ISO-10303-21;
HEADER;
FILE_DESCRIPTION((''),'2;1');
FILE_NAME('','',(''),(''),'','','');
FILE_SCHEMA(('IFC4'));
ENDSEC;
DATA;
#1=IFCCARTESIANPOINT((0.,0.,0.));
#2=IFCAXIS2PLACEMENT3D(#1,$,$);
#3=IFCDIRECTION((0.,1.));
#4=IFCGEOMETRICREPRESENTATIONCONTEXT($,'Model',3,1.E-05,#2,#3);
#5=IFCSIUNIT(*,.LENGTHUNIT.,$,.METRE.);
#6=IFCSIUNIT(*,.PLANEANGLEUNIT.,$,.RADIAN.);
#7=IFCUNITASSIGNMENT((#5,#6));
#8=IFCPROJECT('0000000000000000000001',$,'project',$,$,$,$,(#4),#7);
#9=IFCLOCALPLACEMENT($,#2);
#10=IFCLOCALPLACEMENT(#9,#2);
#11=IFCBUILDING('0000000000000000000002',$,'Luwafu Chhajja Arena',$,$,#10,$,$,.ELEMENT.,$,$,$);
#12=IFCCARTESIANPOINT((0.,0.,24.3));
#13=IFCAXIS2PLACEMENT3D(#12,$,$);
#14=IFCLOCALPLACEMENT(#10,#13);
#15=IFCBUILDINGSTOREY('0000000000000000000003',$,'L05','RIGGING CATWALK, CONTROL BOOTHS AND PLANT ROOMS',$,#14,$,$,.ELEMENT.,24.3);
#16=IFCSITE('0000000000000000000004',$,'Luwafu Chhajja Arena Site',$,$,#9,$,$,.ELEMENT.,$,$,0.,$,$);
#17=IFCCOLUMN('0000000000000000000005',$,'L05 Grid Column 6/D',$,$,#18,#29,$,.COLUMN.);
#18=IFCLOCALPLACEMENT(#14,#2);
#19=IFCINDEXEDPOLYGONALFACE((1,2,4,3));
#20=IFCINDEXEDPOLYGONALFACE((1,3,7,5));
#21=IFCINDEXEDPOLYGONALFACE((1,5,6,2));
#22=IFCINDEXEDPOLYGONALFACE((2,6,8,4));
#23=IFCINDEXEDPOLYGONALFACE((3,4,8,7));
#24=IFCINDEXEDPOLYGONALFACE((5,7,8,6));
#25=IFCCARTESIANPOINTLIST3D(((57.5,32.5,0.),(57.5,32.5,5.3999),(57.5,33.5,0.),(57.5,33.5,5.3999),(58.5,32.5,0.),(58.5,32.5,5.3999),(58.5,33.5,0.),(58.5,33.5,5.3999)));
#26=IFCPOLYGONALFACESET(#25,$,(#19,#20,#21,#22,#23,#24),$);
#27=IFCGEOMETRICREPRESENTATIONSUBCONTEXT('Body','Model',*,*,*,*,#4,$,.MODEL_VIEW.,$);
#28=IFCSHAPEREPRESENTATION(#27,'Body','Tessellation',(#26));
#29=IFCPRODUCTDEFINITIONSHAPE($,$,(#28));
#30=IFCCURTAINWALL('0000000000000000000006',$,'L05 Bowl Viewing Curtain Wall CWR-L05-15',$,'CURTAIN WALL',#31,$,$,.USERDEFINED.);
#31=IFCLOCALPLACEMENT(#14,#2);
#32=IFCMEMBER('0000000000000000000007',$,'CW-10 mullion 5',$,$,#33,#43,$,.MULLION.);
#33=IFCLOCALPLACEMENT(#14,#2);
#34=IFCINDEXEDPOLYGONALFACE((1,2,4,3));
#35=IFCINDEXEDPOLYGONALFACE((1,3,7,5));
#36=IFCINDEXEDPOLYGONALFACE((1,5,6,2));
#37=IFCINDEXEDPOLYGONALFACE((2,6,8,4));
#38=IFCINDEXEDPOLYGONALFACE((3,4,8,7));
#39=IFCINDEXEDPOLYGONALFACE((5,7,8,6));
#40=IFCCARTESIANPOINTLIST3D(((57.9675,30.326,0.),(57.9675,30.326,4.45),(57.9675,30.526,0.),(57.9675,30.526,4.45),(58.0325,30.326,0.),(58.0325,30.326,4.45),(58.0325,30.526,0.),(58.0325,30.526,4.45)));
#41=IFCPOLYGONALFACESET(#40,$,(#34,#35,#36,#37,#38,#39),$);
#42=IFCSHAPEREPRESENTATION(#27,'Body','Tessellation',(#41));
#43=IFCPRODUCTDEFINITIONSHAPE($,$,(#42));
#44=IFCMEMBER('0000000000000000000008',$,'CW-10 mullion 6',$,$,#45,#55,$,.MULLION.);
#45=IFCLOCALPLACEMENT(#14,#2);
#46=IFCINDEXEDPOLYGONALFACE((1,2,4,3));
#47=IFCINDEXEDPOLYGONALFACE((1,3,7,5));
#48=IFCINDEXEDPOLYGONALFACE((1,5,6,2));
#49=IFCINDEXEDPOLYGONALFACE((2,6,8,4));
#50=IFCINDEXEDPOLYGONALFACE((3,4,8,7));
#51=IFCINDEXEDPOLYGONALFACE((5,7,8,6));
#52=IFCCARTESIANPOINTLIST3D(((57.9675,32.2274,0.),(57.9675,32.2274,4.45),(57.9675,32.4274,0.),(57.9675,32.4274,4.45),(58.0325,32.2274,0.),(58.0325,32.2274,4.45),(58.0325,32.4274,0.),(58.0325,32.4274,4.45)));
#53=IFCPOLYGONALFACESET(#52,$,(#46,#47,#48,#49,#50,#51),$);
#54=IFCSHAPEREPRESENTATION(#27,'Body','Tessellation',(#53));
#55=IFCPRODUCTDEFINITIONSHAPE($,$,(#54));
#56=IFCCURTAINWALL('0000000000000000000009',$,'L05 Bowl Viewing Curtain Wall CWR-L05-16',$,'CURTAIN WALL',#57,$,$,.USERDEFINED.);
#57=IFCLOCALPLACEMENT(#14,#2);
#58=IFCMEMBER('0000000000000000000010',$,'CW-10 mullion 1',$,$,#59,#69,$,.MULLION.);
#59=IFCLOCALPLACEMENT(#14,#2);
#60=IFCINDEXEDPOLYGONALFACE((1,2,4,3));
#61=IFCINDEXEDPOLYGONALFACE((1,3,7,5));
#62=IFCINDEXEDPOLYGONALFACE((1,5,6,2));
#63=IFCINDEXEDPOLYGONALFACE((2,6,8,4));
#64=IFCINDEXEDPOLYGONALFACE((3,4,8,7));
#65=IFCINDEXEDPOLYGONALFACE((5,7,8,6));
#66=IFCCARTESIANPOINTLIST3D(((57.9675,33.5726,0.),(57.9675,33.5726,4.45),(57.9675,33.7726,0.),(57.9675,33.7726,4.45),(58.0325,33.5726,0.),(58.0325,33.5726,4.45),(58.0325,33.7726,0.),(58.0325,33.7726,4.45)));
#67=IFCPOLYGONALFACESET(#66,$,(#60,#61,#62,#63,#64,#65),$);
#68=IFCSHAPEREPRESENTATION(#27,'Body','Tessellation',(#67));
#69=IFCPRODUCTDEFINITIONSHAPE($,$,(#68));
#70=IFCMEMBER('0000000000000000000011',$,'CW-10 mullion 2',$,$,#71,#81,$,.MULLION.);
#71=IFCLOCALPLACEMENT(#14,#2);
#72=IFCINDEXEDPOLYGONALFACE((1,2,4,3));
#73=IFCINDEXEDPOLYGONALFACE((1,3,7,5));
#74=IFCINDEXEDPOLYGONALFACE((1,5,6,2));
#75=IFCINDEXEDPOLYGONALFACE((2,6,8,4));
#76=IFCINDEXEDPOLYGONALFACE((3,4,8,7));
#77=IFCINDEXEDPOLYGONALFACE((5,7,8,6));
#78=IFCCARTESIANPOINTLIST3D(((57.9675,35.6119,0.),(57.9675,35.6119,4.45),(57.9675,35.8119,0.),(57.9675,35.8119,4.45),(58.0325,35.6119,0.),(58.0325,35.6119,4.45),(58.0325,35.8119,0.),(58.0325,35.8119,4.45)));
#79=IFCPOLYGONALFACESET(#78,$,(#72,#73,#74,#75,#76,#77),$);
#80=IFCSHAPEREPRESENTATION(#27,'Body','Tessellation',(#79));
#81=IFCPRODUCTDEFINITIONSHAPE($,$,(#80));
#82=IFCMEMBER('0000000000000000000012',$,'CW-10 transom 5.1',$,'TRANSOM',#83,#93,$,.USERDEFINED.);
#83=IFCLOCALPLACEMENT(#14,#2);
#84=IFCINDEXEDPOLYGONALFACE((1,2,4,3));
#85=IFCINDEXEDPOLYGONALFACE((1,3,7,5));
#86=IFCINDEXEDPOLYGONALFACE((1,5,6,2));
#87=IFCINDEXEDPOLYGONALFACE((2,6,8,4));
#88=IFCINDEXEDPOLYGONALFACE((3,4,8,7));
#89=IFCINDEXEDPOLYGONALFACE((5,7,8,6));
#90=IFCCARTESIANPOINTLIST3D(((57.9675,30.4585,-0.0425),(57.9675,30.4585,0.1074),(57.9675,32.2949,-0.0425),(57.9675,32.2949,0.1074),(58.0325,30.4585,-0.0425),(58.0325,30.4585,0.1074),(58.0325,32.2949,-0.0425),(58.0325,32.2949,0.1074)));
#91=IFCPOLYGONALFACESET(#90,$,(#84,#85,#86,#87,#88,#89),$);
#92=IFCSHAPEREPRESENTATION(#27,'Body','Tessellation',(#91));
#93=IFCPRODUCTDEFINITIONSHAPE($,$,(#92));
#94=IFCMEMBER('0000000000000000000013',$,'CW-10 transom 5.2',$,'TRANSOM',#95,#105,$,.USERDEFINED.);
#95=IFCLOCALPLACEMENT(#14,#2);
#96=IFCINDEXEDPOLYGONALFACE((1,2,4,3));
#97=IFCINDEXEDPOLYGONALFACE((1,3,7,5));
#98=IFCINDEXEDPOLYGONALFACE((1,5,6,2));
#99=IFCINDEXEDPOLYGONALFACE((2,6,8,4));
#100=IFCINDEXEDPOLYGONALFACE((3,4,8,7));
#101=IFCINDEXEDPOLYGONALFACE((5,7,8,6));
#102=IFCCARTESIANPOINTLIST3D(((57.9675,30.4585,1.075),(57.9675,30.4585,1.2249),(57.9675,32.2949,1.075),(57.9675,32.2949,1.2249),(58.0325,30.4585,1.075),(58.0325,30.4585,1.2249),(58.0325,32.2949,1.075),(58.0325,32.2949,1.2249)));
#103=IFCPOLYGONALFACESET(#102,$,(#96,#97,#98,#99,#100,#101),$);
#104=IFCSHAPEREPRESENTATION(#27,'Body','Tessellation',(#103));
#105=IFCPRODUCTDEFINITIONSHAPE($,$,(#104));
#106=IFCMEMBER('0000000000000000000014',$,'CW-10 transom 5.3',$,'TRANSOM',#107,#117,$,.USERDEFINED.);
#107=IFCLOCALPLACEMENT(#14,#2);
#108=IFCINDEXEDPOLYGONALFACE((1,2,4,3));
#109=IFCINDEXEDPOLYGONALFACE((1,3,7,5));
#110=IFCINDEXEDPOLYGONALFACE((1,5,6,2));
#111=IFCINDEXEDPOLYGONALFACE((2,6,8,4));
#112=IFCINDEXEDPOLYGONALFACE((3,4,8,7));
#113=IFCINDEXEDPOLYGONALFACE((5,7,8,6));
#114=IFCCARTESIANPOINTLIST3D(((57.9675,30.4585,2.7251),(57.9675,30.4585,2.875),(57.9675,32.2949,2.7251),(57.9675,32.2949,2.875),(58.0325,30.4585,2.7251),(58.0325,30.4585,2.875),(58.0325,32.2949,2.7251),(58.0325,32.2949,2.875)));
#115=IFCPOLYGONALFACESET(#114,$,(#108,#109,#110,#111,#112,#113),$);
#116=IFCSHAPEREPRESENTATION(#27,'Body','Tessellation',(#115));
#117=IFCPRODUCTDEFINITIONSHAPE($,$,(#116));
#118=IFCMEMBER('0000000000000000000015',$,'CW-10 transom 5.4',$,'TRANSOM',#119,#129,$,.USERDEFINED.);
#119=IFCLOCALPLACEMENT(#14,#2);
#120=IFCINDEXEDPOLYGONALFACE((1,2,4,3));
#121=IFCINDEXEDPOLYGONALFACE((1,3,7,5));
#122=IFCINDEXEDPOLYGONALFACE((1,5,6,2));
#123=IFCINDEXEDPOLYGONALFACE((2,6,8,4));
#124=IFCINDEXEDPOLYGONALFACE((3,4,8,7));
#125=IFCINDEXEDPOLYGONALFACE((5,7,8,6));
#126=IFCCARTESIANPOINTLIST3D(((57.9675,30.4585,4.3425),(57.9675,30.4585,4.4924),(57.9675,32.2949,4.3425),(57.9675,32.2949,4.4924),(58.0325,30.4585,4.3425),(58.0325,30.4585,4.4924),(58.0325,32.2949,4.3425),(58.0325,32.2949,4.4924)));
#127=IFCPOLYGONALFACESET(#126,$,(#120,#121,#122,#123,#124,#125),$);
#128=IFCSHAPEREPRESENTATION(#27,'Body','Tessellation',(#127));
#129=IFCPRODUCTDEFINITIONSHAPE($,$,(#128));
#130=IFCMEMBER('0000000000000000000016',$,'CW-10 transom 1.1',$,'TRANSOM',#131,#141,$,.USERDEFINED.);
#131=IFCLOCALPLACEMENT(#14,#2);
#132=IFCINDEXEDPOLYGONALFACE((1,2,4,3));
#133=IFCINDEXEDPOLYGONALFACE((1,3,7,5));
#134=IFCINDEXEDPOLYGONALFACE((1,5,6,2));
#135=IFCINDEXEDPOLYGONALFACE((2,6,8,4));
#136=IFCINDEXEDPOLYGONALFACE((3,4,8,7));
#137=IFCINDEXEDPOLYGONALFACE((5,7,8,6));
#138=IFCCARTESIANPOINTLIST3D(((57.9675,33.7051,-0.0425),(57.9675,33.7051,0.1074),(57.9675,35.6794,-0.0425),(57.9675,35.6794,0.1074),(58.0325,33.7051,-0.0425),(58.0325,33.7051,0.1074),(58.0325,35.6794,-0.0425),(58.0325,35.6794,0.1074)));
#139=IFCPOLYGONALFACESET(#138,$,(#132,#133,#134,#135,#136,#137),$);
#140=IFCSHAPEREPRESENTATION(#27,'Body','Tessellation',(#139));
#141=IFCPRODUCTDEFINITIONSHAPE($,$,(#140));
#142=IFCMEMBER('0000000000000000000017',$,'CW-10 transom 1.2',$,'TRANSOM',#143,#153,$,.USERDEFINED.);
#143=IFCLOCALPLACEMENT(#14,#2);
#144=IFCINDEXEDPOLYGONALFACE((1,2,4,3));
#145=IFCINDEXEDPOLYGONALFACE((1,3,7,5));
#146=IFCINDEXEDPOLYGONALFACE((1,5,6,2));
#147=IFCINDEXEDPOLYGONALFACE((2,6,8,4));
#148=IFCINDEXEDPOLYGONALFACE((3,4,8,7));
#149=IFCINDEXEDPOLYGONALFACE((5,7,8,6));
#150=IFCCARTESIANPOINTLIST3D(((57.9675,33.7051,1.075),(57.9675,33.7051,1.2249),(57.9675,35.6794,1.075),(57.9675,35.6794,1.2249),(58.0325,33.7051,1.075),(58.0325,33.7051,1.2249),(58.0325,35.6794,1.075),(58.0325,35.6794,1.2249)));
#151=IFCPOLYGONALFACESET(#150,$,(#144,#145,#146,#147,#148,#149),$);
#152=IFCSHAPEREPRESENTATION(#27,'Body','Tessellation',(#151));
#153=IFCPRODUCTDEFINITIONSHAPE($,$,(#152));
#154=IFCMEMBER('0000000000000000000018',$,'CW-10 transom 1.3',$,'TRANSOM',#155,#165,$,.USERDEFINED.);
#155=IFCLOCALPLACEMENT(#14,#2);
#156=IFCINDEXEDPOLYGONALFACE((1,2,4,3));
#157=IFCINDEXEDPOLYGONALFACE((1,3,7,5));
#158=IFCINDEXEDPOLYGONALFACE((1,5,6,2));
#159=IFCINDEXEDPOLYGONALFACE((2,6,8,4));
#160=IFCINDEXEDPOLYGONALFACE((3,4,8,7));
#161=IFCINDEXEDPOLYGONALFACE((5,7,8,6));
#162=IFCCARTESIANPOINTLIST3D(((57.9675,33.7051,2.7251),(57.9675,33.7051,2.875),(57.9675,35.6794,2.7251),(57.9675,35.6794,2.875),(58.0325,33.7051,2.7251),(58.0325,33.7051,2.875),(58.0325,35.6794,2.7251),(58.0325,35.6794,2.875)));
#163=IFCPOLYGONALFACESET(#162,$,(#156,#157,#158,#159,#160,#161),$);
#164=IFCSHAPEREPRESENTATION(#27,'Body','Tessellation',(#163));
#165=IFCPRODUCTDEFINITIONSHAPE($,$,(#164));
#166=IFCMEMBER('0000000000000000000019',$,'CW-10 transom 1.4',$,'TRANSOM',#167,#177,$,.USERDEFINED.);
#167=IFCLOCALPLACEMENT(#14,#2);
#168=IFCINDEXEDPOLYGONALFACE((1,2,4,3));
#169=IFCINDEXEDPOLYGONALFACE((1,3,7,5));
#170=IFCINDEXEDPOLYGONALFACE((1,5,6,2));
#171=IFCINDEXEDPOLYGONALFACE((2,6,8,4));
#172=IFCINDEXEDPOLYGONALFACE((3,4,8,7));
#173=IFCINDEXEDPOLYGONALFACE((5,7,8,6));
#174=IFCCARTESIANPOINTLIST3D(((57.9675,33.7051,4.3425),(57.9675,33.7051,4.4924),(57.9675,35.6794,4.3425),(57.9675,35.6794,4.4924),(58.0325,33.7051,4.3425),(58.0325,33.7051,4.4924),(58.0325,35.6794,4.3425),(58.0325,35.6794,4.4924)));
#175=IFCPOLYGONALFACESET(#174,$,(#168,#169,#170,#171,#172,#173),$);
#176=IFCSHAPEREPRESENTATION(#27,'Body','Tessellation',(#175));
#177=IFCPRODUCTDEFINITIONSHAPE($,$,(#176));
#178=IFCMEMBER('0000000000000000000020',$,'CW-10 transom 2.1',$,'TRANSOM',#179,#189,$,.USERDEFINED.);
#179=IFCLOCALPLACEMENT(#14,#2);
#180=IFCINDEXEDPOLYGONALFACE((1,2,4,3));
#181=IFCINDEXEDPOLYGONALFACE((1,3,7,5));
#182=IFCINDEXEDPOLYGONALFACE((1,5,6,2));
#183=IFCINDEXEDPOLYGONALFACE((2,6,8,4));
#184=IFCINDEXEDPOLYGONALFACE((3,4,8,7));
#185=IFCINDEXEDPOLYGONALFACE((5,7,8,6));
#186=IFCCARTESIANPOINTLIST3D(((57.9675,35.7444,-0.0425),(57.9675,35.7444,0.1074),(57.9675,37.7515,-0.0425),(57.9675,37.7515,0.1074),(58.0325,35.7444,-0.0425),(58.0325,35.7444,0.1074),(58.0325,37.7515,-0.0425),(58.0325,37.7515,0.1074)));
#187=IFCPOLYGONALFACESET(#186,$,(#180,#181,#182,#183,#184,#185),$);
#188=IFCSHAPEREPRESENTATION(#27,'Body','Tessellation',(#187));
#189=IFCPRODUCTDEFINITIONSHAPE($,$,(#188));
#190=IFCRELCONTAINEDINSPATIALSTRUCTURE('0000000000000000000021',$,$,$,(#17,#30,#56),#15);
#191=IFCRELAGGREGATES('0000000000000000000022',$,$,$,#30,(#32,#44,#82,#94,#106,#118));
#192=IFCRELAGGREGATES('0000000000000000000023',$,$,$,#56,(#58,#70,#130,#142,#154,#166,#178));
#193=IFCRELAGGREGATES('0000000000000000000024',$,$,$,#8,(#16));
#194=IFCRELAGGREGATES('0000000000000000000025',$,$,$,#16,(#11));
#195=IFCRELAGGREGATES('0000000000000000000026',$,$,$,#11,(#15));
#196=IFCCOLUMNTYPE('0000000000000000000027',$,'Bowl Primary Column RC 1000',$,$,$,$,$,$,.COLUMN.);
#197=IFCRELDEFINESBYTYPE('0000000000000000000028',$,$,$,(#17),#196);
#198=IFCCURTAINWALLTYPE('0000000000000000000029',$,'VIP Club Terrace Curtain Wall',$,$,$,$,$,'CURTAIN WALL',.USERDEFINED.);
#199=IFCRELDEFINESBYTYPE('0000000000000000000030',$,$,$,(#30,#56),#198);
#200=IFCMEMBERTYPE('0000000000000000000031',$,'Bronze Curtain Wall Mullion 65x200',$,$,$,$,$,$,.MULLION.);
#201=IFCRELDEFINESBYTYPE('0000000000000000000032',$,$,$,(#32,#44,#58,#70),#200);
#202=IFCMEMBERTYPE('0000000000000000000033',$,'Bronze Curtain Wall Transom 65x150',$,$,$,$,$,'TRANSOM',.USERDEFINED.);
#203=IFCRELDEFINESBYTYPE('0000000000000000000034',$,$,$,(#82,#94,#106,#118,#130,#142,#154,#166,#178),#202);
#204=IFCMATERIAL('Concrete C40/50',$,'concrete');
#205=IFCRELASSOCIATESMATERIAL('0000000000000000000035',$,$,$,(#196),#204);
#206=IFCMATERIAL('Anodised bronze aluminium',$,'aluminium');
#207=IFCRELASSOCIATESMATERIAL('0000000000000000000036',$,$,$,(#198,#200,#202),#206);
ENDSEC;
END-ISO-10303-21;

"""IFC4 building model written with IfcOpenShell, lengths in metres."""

from ifc_helpers import new_model, si_unit, direction, frame, origin, origin_2d, place, context, subcontext, project, spatial, rectangle, extrude, material, material_profile, profile_set, type_object, element, aggregate, save


model = new_model("IFC4")

# Units and contexts
model_context = context("Model", 3, precision=1e-05, world=origin(), true_north=direction((0.0, 1.0)))
body_context = subcontext(model_context, "Body", "Model", "MODEL_VIEW")
ifc_project = project(units=[si_unit("LENGTHUNIT", "METRE"), si_unit("PLANEANGLEUNIT", "RADIAN")], contexts=[model_context])

# Site, building, storey
site_placement = place(None, origin())
site = spatial("IfcSite", under=ifc_project, at=site_placement, Name="Luwafu Chhajja Arena Site", CompositionType="ELEMENT", RefElevation=0.0)
building_placement = place(site_placement, origin())
building = spatial("IfcBuilding", under=site, at=building_placement, Name="Luwafu Chhajja Arena", CompositionType="ELEMENT")
storey_placement = place(building_placement, frame((0.0, 0.0, 24.3)))
storey = spatial("IfcBuildingStorey", under=building, at=storey_placement, Name="L05", Description="RIGGING CATWALK, CONTROL BOOTHS AND PLANT ROOMS", CompositionType="ELEMENT", Elevation=24.3)

# Column
ifc_material_1 = material(Name="Concrete C40/50", Category="concrete")
ifc_material_profile_1 = material_profile(ifc_material_1, rectangle(XDim=1.0, YDim=1.0, at=origin_2d()), Name="RC 1000x1000")
ifc_profile_set_1 = profile_set([ifc_material_profile_1], Name="Concrete C40/50")
column_type = type_object("IfcColumnType", Name="Bowl Primary Column RC 1000", PredefinedType="COLUMN", material=ifc_profile_set_1)
column_placement = place(storey_placement, frame((58.0, 33.0, 0.0), z_axis=(0.0, 0.0, 1.0), x_axis=(1.0, 0.0, 0.0)))
element("IfcColumn", 1, at=column_placement, inside=storey, type_object=column_type, Name="L05 Grid Column 6/D", PredefinedType="COLUMN", context=body_context, shape_type="SweptSolid", body=[
    extrude(rectangle(XDim=1.0, YDim=1.0, at=origin_2d()), origin(), (0.0, 0.0, 1.0), 5.3999),
])

# Curtain walls, members
ifc_material_2 = material(Name="Anodised bronze aluminium", Category="aluminium")
curtain_wall_type = type_object("IfcCurtainWallType", Name="VIP Club Terrace Curtain Wall", ElementType="CURTAIN WALL", PredefinedType="USERDEFINED", material=ifc_material_2)
curtain_wall_1_placement = place(storey_placement, origin())
curtain_wall_1 = element("IfcCurtainWall", 2, at=curtain_wall_1_placement, inside=storey, type_object=curtain_wall_type, Name="L05 Bowl Viewing Curtain Wall CWR-L05-15", ObjectType="CURTAIN WALL", PredefinedType="USERDEFINED")
ifc_material_profile_2 = material_profile(ifc_material_2, rectangle(XDim=0.0649, YDim=0.2, at=origin_2d()), Name="CWM 65x200")
ifc_profile_set_2 = profile_set([ifc_material_profile_2], Name="Anodised bronze aluminium")
member_type_1 = type_object("IfcMemberType", Name="Bronze Curtain Wall Mullion 65x200", PredefinedType="MULLION", material=ifc_profile_set_2)
member_1_placement = place(storey_placement, frame((58.0, 30.426, 0.0), z_axis=(0.0, 0.0, 1.0), x_axis=(-1.0, 0.0, 0.0)))
member_1 = element("IfcMember", 3, at=member_1_placement, type_object=member_type_1, Name="CW-10 mullion 5", PredefinedType="MULLION", context=body_context, shape_type="SweptSolid", body=[
    extrude(rectangle(XDim=0.0649, YDim=0.2, at=origin_2d()), origin(), (0.0, 0.0, 1.0), 4.45),
])
member_2_placement = place(storey_placement, frame((58.0, 32.3274, 0.0), z_axis=(0.0, 0.0, 1.0), x_axis=(-1.0, 0.0, 0.0)))
member_2 = element("IfcMember", 4, at=member_2_placement, type_object=member_type_1, Name="CW-10 mullion 6", PredefinedType="MULLION", context=body_context, shape_type="SweptSolid", body=[
    extrude(rectangle(XDim=0.0649, YDim=0.2, at=origin_2d()), origin(), (0.0, 0.0, 1.0), 4.45),
])
curtain_wall_2_placement = place(storey_placement, origin())
curtain_wall_2 = element("IfcCurtainWall", 5, at=curtain_wall_2_placement, inside=storey, type_object=curtain_wall_type, Name="L05 Bowl Viewing Curtain Wall CWR-L05-16", ObjectType="CURTAIN WALL", PredefinedType="USERDEFINED")
member_3_placement = place(storey_placement, frame((58.0, 33.6726, 0.0), z_axis=(0.0, 0.0, 1.0), x_axis=(-1.0, 0.0, 0.0)))
member_3 = element("IfcMember", 6, at=member_3_placement, type_object=member_type_1, Name="CW-10 mullion 1", PredefinedType="MULLION", context=body_context, shape_type="SweptSolid", body=[
    extrude(rectangle(XDim=0.0649, YDim=0.2, at=origin_2d()), origin(), (0.0, 0.0, 1.0), 4.45),
])
member_4_placement = place(storey_placement, frame((58.0, 35.7119, 0.0), z_axis=(0.0, 0.0, 1.0), x_axis=(-1.0, 0.0, 0.0)))
member_4 = element("IfcMember", 7, at=member_4_placement, type_object=member_type_1, Name="CW-10 mullion 2", PredefinedType="MULLION", context=body_context, shape_type="SweptSolid", body=[
    extrude(rectangle(XDim=0.0649, YDim=0.2, at=origin_2d()), origin(), (0.0, 0.0, 1.0), 4.45),
])

# Members
ifc_material_profile_3 = material_profile(ifc_material_2, rectangle(XDim=0.0649, YDim=0.1499, at=origin_2d()), Name="CWT 65x150")
ifc_profile_set_3 = profile_set([ifc_material_profile_3], Name="Anodised bronze aluminium")
member_type_2 = type_object("IfcMemberType", Name="Bronze Curtain Wall Transom 65x150", ElementType="TRANSOM", PredefinedType="USERDEFINED", material=ifc_profile_set_3)
member_5_placement = place(storey_placement, frame((58.0, 30.4585, 0.0325), z_axis=(0.0, 1.0, 0.0), x_axis=(-1.0, 0.0, 0.0)))
member_5 = element("IfcMember", 8, at=member_5_placement, type_object=member_type_2, Name="CW-10 transom 5.1", ObjectType="TRANSOM", PredefinedType="USERDEFINED", context=body_context, shape_type="SweptSolid", body=[
    extrude(rectangle(XDim=0.0649, YDim=0.1499, at=origin_2d()), origin(), (0.0, 0.0, 1.0), 1.8364),
])
member_6_placement = place(storey_placement, frame((58.0, 30.4585, 1.1499), z_axis=(0.0, 1.0, 0.0), x_axis=(-1.0, 0.0, 0.0)))
member_6 = element("IfcMember", 9, at=member_6_placement, type_object=member_type_2, Name="CW-10 transom 5.2", ObjectType="TRANSOM", PredefinedType="USERDEFINED", context=body_context, shape_type="SweptSolid", body=[
    extrude(rectangle(XDim=0.0649, YDim=0.1499, at=origin_2d()), origin(), (0.0, 0.0, 1.0), 1.8364),
])
member_7_placement = place(storey_placement, frame((58.0, 30.4585, 2.8), z_axis=(0.0, 1.0, 0.0), x_axis=(-1.0, 0.0, 0.0)))
member_7 = element("IfcMember", 10, at=member_7_placement, type_object=member_type_2, Name="CW-10 transom 5.3", ObjectType="TRANSOM", PredefinedType="USERDEFINED", context=body_context, shape_type="SweptSolid", body=[
    extrude(rectangle(XDim=0.0649, YDim=0.1499, at=origin_2d()), origin(), (0.0, 0.0, 1.0), 1.8364),
])
member_8_placement = place(storey_placement, frame((58.0, 30.4585, 4.4175), z_axis=(0.0, 1.0, 0.0), x_axis=(-1.0, 0.0, 0.0)))
member_8 = element("IfcMember", 11, at=member_8_placement, type_object=member_type_2, Name="CW-10 transom 5.4", ObjectType="TRANSOM", PredefinedType="USERDEFINED", context=body_context, shape_type="SweptSolid", body=[
    extrude(rectangle(XDim=0.0649, YDim=0.1499, at=origin_2d()), origin(), (0.0, 0.0, 1.0), 1.8364),
])
member_9_placement = place(storey_placement, frame((58.0, 33.7051, 0.0325), z_axis=(0.0, 1.0, 0.0), x_axis=(-1.0, 0.0, 0.0)))
member_9 = element("IfcMember", 12, at=member_9_placement, type_object=member_type_2, Name="CW-10 transom 1.1", ObjectType="TRANSOM", PredefinedType="USERDEFINED", context=body_context, shape_type="SweptSolid", body=[
    extrude(rectangle(XDim=0.0649, YDim=0.1499, at=origin_2d()), origin(), (0.0, 0.0, 1.0), 1.9744),
])
member_10_placement = place(storey_placement, frame((58.0, 33.7051, 1.1499), z_axis=(0.0, 1.0, 0.0), x_axis=(-1.0, 0.0, 0.0)))
member_10 = element("IfcMember", 13, at=member_10_placement, type_object=member_type_2, Name="CW-10 transom 1.2", ObjectType="TRANSOM", PredefinedType="USERDEFINED", context=body_context, shape_type="SweptSolid", body=[
    extrude(rectangle(XDim=0.0649, YDim=0.1499, at=origin_2d()), origin(), (0.0, 0.0, 1.0), 1.9744),
])
member_11_placement = place(storey_placement, frame((58.0, 33.7051, 2.8), z_axis=(0.0, 1.0, 0.0), x_axis=(-1.0, 0.0, 0.0)))
member_11 = element("IfcMember", 14, at=member_11_placement, type_object=member_type_2, Name="CW-10 transom 1.3", ObjectType="TRANSOM", PredefinedType="USERDEFINED", context=body_context, shape_type="SweptSolid", body=[
    extrude(rectangle(XDim=0.0649, YDim=0.1499, at=origin_2d()), origin(), (0.0, 0.0, 1.0), 1.9744),
])
member_12_placement = place(storey_placement, frame((58.0, 33.7051, 4.4175), z_axis=(0.0, 1.0, 0.0), x_axis=(-1.0, 0.0, 0.0)))
member_12 = element("IfcMember", 15, at=member_12_placement, type_object=member_type_2, Name="CW-10 transom 1.4", ObjectType="TRANSOM", PredefinedType="USERDEFINED", context=body_context, shape_type="SweptSolid", body=[
    extrude(rectangle(XDim=0.0649, YDim=0.1499, at=origin_2d()), origin(), (0.0, 0.0, 1.0), 1.9744),
])
member_13_placement = place(storey_placement, frame((58.0, 35.7444, 0.0325), z_axis=(0.0, 1.0, 0.0), x_axis=(-1.0, 0.0, 0.0)))
member_13 = element("IfcMember", 16, at=member_13_placement, type_object=member_type_2, Name="CW-10 transom 2.1", ObjectType="TRANSOM", PredefinedType="USERDEFINED", context=body_context, shape_type="SweptSolid", body=[
    extrude(rectangle(XDim=0.0649, YDim=0.1499, at=origin_2d()), origin(), (0.0, 0.0, 1.0), 2.0071),
])

aggregate(curtain_wall_1, [member_1, member_2, member_5, member_6, member_7, member_8])
aggregate(curtain_wall_2, [member_3, member_4, member_9, member_10, member_11, member_12, member_13])

save(model, "model.ifc")
